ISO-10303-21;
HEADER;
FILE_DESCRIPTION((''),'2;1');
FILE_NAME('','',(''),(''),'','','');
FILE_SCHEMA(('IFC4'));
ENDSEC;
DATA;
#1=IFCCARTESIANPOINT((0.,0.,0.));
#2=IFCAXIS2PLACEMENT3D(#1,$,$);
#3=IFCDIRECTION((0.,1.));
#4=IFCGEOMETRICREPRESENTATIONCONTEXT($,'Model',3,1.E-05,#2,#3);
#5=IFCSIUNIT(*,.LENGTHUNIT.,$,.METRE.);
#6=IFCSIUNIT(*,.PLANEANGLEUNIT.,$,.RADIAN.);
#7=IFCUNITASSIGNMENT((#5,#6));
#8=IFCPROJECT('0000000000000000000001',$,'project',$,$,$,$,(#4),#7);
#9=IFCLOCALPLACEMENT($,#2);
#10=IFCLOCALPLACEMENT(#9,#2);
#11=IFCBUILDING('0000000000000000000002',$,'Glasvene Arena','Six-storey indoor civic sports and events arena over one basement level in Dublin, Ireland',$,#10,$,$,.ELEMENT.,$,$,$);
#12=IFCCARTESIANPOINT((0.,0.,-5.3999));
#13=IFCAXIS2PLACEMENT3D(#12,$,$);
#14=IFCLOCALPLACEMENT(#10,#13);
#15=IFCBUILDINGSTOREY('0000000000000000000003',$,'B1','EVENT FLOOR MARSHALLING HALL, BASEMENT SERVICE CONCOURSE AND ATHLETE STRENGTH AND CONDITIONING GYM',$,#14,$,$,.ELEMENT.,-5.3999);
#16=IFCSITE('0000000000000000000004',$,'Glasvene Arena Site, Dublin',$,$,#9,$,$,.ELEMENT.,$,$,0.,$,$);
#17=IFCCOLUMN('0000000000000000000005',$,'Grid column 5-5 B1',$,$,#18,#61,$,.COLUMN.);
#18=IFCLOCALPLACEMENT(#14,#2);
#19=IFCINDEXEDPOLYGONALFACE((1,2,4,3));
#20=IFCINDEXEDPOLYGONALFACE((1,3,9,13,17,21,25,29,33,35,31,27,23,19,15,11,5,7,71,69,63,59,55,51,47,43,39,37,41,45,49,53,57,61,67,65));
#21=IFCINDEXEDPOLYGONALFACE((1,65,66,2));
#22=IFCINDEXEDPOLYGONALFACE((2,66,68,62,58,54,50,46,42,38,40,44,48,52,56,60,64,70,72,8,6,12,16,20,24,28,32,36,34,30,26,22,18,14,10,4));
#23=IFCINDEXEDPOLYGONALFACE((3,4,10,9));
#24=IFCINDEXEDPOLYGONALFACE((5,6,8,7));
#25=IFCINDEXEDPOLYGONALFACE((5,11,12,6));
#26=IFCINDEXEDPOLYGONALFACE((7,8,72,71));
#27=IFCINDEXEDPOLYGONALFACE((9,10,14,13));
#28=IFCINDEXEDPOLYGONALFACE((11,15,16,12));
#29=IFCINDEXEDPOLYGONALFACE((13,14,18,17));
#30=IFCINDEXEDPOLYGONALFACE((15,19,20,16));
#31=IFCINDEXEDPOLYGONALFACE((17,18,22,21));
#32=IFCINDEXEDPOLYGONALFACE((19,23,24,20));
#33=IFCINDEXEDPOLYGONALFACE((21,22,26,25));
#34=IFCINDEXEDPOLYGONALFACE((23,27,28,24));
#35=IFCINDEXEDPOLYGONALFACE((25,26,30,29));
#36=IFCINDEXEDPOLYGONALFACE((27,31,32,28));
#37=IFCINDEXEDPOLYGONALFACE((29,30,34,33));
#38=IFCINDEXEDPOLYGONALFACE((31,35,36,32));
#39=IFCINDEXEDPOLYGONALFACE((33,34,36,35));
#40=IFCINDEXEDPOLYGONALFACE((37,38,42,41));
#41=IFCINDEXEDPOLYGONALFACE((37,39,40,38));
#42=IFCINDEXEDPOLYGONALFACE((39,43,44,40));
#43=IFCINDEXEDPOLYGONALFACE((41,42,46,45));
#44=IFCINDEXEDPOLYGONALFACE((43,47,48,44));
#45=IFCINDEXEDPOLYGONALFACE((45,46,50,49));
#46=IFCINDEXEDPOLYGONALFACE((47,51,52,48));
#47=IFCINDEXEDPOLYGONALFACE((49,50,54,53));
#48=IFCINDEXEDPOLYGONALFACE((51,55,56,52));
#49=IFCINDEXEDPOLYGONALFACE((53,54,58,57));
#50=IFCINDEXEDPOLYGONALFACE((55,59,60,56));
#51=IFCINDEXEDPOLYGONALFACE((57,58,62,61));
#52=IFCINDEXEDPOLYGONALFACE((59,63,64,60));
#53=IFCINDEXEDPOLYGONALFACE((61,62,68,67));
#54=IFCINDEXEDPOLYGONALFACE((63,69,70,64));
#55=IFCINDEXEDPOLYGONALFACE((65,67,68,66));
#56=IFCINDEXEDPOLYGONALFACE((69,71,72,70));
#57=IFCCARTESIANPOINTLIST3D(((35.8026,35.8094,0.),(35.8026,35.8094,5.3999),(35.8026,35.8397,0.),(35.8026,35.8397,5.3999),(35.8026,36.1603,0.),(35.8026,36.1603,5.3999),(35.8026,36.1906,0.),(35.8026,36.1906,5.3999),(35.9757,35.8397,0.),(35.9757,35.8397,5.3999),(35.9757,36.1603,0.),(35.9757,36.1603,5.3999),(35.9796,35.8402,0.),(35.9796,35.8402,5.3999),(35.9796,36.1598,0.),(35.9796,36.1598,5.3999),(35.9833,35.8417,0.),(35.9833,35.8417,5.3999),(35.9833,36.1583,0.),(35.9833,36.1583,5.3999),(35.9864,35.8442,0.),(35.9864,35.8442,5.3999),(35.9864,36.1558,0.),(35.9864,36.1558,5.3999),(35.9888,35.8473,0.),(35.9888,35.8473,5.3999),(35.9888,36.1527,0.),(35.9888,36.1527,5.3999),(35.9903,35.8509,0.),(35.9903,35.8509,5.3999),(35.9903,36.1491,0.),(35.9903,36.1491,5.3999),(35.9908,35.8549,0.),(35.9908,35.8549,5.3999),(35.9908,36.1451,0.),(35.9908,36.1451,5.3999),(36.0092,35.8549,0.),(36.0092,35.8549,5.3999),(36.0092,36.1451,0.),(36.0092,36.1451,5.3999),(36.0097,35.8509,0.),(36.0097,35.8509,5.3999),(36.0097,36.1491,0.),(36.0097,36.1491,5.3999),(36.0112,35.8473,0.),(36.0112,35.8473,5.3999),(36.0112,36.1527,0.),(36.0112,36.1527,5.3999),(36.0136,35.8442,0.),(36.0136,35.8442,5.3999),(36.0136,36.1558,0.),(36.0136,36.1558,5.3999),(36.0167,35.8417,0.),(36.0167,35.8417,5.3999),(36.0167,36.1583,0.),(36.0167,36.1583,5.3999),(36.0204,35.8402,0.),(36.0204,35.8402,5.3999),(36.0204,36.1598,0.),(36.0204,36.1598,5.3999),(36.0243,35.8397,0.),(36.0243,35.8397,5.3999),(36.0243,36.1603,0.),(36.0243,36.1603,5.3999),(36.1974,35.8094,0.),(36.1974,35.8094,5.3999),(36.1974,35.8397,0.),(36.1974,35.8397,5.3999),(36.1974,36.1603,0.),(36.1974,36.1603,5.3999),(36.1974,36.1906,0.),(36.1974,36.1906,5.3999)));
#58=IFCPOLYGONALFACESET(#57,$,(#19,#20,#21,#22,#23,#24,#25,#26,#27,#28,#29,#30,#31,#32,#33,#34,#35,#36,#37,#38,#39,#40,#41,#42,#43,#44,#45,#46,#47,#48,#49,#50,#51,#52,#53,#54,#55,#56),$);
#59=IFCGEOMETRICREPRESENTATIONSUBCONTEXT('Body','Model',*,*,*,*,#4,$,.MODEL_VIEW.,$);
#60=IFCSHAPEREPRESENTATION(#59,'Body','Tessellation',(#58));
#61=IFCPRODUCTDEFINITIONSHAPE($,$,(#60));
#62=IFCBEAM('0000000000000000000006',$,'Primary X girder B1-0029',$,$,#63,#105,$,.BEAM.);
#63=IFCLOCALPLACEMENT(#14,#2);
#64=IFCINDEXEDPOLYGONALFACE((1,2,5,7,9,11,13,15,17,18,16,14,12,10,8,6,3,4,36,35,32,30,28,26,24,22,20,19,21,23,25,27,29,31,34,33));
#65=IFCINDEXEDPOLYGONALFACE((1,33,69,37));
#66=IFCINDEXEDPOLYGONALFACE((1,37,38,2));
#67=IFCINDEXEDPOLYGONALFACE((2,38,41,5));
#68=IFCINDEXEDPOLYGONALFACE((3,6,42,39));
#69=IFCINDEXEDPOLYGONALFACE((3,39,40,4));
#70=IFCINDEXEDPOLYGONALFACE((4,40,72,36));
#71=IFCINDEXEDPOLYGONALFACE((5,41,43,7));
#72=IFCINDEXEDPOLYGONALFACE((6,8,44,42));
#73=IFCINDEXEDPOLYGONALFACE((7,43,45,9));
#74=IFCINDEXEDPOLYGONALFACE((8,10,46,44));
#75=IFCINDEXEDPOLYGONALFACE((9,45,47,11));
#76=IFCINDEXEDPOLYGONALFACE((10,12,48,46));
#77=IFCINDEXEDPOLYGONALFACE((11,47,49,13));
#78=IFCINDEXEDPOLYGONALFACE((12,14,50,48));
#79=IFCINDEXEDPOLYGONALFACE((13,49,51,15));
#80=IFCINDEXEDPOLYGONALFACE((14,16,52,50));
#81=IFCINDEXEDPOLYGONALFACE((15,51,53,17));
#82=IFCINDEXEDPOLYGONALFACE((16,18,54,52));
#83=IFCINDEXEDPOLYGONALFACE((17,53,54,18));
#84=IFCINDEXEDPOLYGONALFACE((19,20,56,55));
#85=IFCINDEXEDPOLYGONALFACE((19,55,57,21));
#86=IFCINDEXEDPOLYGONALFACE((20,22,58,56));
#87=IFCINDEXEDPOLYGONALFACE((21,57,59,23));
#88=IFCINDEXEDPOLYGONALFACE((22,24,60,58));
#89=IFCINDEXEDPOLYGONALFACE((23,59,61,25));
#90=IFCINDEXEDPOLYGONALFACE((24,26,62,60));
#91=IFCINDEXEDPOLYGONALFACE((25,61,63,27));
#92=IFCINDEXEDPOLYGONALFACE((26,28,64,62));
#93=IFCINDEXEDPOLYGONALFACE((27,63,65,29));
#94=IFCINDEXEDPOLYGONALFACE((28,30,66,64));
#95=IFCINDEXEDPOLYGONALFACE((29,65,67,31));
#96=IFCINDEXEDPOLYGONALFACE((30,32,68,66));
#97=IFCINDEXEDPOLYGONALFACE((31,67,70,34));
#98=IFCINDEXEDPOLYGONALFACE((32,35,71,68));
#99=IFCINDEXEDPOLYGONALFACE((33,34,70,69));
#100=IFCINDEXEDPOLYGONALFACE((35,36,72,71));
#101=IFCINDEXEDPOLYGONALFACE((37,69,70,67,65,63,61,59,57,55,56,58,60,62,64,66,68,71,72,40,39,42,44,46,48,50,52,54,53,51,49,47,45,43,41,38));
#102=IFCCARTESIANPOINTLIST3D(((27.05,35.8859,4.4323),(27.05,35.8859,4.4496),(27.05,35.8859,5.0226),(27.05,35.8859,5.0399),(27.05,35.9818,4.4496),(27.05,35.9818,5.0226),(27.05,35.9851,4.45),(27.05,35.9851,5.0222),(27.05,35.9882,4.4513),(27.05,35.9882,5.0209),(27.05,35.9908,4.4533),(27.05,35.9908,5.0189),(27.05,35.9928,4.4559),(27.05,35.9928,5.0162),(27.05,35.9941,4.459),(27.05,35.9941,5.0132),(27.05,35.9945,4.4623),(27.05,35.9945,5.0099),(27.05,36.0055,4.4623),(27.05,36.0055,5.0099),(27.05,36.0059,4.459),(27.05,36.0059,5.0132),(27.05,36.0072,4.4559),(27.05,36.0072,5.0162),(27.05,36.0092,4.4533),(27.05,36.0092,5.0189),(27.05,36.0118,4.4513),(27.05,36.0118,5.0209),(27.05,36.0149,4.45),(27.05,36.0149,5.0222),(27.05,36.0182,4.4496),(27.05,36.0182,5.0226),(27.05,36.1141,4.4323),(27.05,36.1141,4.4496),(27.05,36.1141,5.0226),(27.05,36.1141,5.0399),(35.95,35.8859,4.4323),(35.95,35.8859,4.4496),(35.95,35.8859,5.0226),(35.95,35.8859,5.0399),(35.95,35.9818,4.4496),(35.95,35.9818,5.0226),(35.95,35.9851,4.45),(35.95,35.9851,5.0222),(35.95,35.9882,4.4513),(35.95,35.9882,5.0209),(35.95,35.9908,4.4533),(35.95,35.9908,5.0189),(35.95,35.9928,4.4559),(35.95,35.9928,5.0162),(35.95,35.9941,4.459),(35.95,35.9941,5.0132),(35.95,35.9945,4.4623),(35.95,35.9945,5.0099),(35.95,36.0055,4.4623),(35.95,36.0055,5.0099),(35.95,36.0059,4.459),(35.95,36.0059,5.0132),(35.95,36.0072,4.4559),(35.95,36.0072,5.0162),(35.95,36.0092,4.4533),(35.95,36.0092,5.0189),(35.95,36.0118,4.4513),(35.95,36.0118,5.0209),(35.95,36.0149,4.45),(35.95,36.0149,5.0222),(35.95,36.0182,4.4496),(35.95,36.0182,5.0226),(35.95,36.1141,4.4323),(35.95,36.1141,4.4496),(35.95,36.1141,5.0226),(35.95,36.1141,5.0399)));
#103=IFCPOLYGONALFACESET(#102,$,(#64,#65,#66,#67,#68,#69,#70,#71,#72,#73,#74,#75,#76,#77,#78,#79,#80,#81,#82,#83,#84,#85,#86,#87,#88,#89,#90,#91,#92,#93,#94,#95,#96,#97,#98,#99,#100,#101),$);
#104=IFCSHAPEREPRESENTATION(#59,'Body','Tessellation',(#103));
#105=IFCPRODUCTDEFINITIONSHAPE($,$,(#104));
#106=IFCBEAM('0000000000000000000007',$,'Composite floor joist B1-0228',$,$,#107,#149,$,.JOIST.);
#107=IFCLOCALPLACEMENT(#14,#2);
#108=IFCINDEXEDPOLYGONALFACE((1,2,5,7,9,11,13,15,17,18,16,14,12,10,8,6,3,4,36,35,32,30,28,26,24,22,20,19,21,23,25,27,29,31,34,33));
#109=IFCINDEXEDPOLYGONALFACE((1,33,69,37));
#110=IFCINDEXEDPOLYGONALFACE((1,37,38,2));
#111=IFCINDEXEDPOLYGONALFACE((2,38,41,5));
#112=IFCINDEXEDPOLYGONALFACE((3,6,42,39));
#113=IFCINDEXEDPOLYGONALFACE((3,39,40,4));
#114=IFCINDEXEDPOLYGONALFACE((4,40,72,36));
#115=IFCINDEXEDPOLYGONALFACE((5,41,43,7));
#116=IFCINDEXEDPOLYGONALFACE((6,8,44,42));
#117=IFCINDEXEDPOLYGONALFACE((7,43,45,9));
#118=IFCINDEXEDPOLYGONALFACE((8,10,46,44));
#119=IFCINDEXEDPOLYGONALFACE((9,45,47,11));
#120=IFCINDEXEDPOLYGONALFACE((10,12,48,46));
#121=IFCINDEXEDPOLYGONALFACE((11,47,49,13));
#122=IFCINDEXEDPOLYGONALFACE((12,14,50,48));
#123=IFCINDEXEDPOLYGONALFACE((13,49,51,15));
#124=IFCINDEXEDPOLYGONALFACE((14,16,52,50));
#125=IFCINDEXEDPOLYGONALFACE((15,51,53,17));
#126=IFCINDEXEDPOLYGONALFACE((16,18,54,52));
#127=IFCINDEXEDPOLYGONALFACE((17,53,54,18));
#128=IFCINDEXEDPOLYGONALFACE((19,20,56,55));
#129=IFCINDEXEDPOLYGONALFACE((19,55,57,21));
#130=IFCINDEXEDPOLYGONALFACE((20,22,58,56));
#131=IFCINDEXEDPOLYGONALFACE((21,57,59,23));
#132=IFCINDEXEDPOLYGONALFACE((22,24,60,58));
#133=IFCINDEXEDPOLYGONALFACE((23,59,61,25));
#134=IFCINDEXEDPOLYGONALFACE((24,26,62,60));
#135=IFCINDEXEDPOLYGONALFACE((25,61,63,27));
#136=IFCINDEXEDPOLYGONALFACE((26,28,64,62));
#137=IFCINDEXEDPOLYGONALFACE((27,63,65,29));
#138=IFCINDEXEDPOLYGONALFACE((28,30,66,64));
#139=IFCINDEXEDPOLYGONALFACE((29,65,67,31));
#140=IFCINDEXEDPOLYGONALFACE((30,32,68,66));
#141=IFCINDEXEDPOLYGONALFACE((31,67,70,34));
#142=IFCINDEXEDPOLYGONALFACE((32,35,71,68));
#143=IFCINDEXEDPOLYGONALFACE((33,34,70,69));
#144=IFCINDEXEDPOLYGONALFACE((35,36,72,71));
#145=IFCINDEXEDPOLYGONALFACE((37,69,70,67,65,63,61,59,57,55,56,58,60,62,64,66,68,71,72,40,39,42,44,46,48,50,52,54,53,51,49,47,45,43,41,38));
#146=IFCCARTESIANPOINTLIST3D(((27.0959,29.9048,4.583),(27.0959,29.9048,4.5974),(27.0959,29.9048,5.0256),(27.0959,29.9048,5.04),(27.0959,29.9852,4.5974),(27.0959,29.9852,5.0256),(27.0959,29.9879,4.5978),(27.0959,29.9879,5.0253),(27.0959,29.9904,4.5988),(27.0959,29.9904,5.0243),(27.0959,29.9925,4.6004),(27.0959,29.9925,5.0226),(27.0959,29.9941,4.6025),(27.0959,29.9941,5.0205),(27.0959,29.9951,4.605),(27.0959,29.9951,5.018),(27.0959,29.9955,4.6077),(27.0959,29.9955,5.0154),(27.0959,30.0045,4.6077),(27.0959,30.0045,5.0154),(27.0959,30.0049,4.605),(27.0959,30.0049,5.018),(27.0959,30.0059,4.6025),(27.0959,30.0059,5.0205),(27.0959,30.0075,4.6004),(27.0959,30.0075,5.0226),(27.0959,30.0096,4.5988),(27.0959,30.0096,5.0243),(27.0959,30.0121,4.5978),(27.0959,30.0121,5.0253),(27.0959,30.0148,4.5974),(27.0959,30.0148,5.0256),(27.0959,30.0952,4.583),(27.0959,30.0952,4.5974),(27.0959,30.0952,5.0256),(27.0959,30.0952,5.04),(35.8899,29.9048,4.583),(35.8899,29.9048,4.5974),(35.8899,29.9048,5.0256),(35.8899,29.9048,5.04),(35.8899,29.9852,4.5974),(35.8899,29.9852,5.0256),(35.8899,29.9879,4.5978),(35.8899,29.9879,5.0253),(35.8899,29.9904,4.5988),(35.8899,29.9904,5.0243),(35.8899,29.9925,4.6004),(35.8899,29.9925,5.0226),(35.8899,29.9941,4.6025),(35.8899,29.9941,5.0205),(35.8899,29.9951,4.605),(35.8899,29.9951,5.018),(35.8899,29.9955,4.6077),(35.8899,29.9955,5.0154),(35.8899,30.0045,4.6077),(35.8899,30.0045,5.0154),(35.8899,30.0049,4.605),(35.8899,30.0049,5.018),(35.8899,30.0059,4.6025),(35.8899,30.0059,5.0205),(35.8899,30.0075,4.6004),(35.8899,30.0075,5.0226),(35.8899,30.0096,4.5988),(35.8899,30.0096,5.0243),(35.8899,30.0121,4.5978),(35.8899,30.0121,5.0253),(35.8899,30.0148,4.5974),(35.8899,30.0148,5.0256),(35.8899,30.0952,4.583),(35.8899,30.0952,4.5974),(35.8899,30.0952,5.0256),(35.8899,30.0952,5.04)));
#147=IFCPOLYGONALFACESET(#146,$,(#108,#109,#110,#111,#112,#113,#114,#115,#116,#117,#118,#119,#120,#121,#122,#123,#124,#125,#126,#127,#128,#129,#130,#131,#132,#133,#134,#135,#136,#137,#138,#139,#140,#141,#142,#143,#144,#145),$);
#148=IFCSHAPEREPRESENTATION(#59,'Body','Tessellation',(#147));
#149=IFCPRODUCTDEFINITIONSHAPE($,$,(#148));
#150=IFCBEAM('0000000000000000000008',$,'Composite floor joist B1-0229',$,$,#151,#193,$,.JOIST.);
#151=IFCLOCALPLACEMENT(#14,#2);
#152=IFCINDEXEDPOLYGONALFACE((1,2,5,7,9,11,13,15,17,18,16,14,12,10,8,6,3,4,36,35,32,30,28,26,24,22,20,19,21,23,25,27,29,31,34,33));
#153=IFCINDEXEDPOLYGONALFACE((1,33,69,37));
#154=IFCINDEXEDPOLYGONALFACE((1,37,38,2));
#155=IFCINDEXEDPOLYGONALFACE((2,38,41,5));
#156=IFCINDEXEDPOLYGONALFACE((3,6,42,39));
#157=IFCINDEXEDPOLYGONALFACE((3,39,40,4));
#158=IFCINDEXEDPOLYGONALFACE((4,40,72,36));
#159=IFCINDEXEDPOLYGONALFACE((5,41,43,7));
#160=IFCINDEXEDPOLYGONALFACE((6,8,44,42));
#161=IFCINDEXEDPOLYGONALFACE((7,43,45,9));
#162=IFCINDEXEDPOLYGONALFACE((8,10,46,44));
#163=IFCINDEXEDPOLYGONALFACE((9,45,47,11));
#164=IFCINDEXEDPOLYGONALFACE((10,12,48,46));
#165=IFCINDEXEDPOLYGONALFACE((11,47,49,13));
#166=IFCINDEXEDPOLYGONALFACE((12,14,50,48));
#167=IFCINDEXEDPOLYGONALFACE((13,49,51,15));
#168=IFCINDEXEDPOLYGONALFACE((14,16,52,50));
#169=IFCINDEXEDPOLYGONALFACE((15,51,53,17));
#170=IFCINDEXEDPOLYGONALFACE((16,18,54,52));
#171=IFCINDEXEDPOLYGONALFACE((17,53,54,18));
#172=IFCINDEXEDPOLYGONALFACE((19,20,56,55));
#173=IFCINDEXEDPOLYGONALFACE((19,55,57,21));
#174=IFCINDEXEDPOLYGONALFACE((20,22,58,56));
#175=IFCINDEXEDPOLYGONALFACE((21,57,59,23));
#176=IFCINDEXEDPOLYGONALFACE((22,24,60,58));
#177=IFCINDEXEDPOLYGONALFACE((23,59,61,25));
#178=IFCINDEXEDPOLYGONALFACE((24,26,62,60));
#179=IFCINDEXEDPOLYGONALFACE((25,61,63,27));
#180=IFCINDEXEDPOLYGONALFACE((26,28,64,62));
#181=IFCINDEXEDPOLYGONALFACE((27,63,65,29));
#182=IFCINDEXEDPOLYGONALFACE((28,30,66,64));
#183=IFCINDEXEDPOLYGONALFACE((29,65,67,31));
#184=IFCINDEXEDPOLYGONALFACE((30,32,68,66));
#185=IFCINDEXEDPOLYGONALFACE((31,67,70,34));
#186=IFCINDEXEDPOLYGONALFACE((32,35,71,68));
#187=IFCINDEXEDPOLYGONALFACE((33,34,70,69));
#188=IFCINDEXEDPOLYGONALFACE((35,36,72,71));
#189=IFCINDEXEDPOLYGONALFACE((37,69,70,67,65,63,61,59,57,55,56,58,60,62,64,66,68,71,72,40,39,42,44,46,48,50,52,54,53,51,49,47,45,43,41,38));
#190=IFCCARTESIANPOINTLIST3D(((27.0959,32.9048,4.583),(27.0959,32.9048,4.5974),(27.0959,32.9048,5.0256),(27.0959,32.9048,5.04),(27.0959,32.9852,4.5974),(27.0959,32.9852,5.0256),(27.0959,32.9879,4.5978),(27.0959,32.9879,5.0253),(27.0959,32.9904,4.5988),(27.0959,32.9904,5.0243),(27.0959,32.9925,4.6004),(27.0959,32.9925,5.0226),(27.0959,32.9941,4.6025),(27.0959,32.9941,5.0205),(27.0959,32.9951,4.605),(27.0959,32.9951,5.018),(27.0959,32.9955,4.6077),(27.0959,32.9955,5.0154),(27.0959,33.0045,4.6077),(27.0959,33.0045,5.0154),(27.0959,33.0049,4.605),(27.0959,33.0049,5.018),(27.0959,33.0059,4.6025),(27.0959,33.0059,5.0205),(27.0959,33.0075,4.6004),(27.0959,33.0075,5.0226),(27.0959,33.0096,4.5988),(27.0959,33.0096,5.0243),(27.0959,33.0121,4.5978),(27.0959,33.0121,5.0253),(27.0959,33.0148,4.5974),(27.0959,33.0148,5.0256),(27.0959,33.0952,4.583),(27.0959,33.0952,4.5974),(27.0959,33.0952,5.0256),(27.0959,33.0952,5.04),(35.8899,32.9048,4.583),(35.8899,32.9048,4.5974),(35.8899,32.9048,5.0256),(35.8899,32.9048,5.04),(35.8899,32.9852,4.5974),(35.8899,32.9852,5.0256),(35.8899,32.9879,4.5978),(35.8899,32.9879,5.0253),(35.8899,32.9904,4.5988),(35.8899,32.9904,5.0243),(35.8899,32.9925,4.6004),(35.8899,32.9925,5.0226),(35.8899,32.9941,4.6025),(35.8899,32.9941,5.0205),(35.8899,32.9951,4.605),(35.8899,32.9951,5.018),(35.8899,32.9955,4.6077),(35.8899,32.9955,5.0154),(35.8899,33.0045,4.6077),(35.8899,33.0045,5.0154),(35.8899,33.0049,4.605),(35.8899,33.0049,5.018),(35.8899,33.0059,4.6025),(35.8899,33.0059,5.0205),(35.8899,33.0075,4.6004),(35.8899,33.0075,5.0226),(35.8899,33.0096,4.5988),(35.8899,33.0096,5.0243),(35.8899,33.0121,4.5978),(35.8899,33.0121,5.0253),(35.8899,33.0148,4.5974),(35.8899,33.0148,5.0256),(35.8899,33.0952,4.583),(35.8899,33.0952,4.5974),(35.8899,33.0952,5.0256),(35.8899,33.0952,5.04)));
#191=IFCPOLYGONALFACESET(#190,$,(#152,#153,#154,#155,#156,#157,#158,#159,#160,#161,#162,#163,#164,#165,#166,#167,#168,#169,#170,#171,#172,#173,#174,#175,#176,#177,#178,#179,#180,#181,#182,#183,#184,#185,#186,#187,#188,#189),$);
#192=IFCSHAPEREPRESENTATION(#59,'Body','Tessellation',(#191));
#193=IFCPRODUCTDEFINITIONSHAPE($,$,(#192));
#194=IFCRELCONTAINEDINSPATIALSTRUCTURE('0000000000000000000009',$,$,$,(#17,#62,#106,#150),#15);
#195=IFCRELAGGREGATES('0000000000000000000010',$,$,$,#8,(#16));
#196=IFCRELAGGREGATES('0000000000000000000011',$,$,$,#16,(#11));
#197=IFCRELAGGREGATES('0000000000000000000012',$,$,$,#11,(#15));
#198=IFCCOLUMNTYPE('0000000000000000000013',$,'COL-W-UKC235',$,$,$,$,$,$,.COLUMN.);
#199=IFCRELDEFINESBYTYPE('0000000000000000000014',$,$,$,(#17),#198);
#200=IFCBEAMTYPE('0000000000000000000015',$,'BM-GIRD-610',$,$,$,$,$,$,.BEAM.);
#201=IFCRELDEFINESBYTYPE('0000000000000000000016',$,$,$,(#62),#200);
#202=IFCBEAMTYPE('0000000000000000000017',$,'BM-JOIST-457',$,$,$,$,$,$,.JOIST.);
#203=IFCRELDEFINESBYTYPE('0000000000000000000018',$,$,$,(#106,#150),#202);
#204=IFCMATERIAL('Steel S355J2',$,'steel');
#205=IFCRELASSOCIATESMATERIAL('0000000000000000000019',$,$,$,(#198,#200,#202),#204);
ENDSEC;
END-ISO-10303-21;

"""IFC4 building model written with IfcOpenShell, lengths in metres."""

from ifc_helpers import new_model, si_unit, direction, frame, origin, origin_2d, place, context, subcontext, project, spatial, i_section, extrude, material, material_profile, profile_set, type_object, element, save


model = new_model("IFC4")

# Units and contexts
model_context = context("Model", 3, precision=1e-05, world=origin(), true_north=direction((0.0, 1.0)))
body_context = subcontext(model_context, "Body", "Model", "MODEL_VIEW")
ifc_project = project(units=[si_unit("LENGTHUNIT", "METRE"), si_unit("PLANEANGLEUNIT", "RADIAN")], contexts=[model_context])

# Site, building, storey
site_placement = place(None, origin())
site = spatial("IfcSite", under=ifc_project, at=site_placement, Name="Glasvene Arena Site, Dublin", CompositionType="ELEMENT", RefElevation=0.0)
building_placement = place(site_placement, origin())
building = spatial("IfcBuilding", under=site, at=building_placement, Name="Glasvene Arena", Description="Six-storey indoor civic sports and events arena over one basement level in Dublin, Ireland", CompositionType="ELEMENT")
storey_placement = place(building_placement, frame((0.0, 0.0, -5.3999)))
storey = spatial("IfcBuildingStorey", under=building, at=storey_placement, Name="B1", Description="EVENT FLOOR MARSHALLING HALL, BASEMENT SERVICE CONCOURSE AND ATHLETE STRENGTH AND CONDITIONING GYM", CompositionType="ELEMENT", Elevation=-5.3999)

# Column
ifc_material_1 = material(Name="Steel S355J2", Category="steel")
ifc_material_profile_1 = material_profile(ifc_material_1, i_section(OverallWidth=0.3948, OverallDepth=0.3811, WebThickness=0.0183, FlangeThickness=0.0303, FilletRadius=0.0151, at=origin_2d()), Name="UKC 356x406x235")
ifc_profile_set_1 = profile_set([ifc_material_profile_1], Name="Steel S355J2")
column_type = type_object("IfcColumnType", Name="COL-W-UKC235", PredefinedType="COLUMN", material=ifc_profile_set_1)
for number, where, z_axis, x_axis, name in (
    (1, (36.0, 36.0, 0.0), (0.0, 0.0, 1.0), (1.0, 0.0, 0.0), "Grid column 5-5 B1"),
):
    element("IfcColumn", number, at=place(storey_placement, frame(where, z_axis=z_axis, x_axis=x_axis)), inside=storey, type_object=column_type, Name=name, PredefinedType="COLUMN", context=body_context, shape_type="SweptSolid", body=[
        extrude(i_section(OverallWidth=0.3948, OverallDepth=0.3811, WebThickness=0.0183, FlangeThickness=0.0303, FilletRadius=0.0151, at=origin_2d()), origin(), (0.0, 0.0, 1.0), 5.3999),
    ])

# Beams
ifc_material_profile_2 = material_profile(ifc_material_1, i_section(OverallWidth=0.2283, OverallDepth=0.6077, WebThickness=0.011, FlangeThickness=0.0173, FilletRadius=0.0127, at=origin_2d()), Name="UKB 610x229x113")
ifc_profile_set_2 = profile_set([ifc_material_profile_2], Name="Steel S355J2")
beam_type_1 = type_object("IfcBeamType", Name="BM-GIRD-610", PredefinedType="BEAM", material=ifc_profile_set_2)
beam_1_placement = place(storey_placement, frame((27.05, 36.0, 4.7361), z_axis=(1.0, 0.0, 0.0), x_axis=(0.0, 1.0, 0.0)))
element("IfcBeam", 2, at=beam_1_placement, inside=storey, type_object=beam_type_1, Name="Primary X girder B1-0029", PredefinedType="BEAM", context=body_context, shape_type="SweptSolid", body=[
    extrude(i_section(OverallWidth=0.2283, OverallDepth=0.6077, WebThickness=0.011, FlangeThickness=0.0173, FilletRadius=0.0127, at=origin_2d()), origin(), (0.0, 0.0, 1.0), 8.8999),
])
ifc_material_profile_3 = material_profile(ifc_material_1, i_section(OverallWidth=0.1904, OverallDepth=0.457, WebThickness=0.009, FlangeThickness=0.0144, FilletRadius=0.0103, at=origin_2d()), Name="UKB 457x191x74")
ifc_profile_set_3 = profile_set([ifc_material_profile_3], Name="Steel S355J2")
beam_type_2 = type_object("IfcBeamType", Name="BM-JOIST-457", PredefinedType="JOIST", material=ifc_profile_set_3)
for number, where, z_axis, x_axis, name in (
    (3, (27.0959, 30.0, 4.8115), (1.0, 0.0, 0.0), (0.0, 1.0, 0.0), "Composite floor joist B1-0228"),
    (4, (27.0959, 33.0, 4.8115), (1.0, 0.0, 0.0), (0.0, 1.0, 0.0), "Composite floor joist B1-0229"),
):
    element("IfcBeam", number, at=place(storey_placement, frame(where, z_axis=z_axis, x_axis=x_axis)), inside=storey, type_object=beam_type_2, Name=name, PredefinedType="JOIST", context=body_context, shape_type="SweptSolid", body=[
        extrude(i_section(OverallWidth=0.1904, OverallDepth=0.457, WebThickness=0.009, FlangeThickness=0.0144, FilletRadius=0.0103, at=origin_2d()), origin(), (0.0, 0.0, 1.0), 8.7939),
    ])

save(model, "model.ifc")
